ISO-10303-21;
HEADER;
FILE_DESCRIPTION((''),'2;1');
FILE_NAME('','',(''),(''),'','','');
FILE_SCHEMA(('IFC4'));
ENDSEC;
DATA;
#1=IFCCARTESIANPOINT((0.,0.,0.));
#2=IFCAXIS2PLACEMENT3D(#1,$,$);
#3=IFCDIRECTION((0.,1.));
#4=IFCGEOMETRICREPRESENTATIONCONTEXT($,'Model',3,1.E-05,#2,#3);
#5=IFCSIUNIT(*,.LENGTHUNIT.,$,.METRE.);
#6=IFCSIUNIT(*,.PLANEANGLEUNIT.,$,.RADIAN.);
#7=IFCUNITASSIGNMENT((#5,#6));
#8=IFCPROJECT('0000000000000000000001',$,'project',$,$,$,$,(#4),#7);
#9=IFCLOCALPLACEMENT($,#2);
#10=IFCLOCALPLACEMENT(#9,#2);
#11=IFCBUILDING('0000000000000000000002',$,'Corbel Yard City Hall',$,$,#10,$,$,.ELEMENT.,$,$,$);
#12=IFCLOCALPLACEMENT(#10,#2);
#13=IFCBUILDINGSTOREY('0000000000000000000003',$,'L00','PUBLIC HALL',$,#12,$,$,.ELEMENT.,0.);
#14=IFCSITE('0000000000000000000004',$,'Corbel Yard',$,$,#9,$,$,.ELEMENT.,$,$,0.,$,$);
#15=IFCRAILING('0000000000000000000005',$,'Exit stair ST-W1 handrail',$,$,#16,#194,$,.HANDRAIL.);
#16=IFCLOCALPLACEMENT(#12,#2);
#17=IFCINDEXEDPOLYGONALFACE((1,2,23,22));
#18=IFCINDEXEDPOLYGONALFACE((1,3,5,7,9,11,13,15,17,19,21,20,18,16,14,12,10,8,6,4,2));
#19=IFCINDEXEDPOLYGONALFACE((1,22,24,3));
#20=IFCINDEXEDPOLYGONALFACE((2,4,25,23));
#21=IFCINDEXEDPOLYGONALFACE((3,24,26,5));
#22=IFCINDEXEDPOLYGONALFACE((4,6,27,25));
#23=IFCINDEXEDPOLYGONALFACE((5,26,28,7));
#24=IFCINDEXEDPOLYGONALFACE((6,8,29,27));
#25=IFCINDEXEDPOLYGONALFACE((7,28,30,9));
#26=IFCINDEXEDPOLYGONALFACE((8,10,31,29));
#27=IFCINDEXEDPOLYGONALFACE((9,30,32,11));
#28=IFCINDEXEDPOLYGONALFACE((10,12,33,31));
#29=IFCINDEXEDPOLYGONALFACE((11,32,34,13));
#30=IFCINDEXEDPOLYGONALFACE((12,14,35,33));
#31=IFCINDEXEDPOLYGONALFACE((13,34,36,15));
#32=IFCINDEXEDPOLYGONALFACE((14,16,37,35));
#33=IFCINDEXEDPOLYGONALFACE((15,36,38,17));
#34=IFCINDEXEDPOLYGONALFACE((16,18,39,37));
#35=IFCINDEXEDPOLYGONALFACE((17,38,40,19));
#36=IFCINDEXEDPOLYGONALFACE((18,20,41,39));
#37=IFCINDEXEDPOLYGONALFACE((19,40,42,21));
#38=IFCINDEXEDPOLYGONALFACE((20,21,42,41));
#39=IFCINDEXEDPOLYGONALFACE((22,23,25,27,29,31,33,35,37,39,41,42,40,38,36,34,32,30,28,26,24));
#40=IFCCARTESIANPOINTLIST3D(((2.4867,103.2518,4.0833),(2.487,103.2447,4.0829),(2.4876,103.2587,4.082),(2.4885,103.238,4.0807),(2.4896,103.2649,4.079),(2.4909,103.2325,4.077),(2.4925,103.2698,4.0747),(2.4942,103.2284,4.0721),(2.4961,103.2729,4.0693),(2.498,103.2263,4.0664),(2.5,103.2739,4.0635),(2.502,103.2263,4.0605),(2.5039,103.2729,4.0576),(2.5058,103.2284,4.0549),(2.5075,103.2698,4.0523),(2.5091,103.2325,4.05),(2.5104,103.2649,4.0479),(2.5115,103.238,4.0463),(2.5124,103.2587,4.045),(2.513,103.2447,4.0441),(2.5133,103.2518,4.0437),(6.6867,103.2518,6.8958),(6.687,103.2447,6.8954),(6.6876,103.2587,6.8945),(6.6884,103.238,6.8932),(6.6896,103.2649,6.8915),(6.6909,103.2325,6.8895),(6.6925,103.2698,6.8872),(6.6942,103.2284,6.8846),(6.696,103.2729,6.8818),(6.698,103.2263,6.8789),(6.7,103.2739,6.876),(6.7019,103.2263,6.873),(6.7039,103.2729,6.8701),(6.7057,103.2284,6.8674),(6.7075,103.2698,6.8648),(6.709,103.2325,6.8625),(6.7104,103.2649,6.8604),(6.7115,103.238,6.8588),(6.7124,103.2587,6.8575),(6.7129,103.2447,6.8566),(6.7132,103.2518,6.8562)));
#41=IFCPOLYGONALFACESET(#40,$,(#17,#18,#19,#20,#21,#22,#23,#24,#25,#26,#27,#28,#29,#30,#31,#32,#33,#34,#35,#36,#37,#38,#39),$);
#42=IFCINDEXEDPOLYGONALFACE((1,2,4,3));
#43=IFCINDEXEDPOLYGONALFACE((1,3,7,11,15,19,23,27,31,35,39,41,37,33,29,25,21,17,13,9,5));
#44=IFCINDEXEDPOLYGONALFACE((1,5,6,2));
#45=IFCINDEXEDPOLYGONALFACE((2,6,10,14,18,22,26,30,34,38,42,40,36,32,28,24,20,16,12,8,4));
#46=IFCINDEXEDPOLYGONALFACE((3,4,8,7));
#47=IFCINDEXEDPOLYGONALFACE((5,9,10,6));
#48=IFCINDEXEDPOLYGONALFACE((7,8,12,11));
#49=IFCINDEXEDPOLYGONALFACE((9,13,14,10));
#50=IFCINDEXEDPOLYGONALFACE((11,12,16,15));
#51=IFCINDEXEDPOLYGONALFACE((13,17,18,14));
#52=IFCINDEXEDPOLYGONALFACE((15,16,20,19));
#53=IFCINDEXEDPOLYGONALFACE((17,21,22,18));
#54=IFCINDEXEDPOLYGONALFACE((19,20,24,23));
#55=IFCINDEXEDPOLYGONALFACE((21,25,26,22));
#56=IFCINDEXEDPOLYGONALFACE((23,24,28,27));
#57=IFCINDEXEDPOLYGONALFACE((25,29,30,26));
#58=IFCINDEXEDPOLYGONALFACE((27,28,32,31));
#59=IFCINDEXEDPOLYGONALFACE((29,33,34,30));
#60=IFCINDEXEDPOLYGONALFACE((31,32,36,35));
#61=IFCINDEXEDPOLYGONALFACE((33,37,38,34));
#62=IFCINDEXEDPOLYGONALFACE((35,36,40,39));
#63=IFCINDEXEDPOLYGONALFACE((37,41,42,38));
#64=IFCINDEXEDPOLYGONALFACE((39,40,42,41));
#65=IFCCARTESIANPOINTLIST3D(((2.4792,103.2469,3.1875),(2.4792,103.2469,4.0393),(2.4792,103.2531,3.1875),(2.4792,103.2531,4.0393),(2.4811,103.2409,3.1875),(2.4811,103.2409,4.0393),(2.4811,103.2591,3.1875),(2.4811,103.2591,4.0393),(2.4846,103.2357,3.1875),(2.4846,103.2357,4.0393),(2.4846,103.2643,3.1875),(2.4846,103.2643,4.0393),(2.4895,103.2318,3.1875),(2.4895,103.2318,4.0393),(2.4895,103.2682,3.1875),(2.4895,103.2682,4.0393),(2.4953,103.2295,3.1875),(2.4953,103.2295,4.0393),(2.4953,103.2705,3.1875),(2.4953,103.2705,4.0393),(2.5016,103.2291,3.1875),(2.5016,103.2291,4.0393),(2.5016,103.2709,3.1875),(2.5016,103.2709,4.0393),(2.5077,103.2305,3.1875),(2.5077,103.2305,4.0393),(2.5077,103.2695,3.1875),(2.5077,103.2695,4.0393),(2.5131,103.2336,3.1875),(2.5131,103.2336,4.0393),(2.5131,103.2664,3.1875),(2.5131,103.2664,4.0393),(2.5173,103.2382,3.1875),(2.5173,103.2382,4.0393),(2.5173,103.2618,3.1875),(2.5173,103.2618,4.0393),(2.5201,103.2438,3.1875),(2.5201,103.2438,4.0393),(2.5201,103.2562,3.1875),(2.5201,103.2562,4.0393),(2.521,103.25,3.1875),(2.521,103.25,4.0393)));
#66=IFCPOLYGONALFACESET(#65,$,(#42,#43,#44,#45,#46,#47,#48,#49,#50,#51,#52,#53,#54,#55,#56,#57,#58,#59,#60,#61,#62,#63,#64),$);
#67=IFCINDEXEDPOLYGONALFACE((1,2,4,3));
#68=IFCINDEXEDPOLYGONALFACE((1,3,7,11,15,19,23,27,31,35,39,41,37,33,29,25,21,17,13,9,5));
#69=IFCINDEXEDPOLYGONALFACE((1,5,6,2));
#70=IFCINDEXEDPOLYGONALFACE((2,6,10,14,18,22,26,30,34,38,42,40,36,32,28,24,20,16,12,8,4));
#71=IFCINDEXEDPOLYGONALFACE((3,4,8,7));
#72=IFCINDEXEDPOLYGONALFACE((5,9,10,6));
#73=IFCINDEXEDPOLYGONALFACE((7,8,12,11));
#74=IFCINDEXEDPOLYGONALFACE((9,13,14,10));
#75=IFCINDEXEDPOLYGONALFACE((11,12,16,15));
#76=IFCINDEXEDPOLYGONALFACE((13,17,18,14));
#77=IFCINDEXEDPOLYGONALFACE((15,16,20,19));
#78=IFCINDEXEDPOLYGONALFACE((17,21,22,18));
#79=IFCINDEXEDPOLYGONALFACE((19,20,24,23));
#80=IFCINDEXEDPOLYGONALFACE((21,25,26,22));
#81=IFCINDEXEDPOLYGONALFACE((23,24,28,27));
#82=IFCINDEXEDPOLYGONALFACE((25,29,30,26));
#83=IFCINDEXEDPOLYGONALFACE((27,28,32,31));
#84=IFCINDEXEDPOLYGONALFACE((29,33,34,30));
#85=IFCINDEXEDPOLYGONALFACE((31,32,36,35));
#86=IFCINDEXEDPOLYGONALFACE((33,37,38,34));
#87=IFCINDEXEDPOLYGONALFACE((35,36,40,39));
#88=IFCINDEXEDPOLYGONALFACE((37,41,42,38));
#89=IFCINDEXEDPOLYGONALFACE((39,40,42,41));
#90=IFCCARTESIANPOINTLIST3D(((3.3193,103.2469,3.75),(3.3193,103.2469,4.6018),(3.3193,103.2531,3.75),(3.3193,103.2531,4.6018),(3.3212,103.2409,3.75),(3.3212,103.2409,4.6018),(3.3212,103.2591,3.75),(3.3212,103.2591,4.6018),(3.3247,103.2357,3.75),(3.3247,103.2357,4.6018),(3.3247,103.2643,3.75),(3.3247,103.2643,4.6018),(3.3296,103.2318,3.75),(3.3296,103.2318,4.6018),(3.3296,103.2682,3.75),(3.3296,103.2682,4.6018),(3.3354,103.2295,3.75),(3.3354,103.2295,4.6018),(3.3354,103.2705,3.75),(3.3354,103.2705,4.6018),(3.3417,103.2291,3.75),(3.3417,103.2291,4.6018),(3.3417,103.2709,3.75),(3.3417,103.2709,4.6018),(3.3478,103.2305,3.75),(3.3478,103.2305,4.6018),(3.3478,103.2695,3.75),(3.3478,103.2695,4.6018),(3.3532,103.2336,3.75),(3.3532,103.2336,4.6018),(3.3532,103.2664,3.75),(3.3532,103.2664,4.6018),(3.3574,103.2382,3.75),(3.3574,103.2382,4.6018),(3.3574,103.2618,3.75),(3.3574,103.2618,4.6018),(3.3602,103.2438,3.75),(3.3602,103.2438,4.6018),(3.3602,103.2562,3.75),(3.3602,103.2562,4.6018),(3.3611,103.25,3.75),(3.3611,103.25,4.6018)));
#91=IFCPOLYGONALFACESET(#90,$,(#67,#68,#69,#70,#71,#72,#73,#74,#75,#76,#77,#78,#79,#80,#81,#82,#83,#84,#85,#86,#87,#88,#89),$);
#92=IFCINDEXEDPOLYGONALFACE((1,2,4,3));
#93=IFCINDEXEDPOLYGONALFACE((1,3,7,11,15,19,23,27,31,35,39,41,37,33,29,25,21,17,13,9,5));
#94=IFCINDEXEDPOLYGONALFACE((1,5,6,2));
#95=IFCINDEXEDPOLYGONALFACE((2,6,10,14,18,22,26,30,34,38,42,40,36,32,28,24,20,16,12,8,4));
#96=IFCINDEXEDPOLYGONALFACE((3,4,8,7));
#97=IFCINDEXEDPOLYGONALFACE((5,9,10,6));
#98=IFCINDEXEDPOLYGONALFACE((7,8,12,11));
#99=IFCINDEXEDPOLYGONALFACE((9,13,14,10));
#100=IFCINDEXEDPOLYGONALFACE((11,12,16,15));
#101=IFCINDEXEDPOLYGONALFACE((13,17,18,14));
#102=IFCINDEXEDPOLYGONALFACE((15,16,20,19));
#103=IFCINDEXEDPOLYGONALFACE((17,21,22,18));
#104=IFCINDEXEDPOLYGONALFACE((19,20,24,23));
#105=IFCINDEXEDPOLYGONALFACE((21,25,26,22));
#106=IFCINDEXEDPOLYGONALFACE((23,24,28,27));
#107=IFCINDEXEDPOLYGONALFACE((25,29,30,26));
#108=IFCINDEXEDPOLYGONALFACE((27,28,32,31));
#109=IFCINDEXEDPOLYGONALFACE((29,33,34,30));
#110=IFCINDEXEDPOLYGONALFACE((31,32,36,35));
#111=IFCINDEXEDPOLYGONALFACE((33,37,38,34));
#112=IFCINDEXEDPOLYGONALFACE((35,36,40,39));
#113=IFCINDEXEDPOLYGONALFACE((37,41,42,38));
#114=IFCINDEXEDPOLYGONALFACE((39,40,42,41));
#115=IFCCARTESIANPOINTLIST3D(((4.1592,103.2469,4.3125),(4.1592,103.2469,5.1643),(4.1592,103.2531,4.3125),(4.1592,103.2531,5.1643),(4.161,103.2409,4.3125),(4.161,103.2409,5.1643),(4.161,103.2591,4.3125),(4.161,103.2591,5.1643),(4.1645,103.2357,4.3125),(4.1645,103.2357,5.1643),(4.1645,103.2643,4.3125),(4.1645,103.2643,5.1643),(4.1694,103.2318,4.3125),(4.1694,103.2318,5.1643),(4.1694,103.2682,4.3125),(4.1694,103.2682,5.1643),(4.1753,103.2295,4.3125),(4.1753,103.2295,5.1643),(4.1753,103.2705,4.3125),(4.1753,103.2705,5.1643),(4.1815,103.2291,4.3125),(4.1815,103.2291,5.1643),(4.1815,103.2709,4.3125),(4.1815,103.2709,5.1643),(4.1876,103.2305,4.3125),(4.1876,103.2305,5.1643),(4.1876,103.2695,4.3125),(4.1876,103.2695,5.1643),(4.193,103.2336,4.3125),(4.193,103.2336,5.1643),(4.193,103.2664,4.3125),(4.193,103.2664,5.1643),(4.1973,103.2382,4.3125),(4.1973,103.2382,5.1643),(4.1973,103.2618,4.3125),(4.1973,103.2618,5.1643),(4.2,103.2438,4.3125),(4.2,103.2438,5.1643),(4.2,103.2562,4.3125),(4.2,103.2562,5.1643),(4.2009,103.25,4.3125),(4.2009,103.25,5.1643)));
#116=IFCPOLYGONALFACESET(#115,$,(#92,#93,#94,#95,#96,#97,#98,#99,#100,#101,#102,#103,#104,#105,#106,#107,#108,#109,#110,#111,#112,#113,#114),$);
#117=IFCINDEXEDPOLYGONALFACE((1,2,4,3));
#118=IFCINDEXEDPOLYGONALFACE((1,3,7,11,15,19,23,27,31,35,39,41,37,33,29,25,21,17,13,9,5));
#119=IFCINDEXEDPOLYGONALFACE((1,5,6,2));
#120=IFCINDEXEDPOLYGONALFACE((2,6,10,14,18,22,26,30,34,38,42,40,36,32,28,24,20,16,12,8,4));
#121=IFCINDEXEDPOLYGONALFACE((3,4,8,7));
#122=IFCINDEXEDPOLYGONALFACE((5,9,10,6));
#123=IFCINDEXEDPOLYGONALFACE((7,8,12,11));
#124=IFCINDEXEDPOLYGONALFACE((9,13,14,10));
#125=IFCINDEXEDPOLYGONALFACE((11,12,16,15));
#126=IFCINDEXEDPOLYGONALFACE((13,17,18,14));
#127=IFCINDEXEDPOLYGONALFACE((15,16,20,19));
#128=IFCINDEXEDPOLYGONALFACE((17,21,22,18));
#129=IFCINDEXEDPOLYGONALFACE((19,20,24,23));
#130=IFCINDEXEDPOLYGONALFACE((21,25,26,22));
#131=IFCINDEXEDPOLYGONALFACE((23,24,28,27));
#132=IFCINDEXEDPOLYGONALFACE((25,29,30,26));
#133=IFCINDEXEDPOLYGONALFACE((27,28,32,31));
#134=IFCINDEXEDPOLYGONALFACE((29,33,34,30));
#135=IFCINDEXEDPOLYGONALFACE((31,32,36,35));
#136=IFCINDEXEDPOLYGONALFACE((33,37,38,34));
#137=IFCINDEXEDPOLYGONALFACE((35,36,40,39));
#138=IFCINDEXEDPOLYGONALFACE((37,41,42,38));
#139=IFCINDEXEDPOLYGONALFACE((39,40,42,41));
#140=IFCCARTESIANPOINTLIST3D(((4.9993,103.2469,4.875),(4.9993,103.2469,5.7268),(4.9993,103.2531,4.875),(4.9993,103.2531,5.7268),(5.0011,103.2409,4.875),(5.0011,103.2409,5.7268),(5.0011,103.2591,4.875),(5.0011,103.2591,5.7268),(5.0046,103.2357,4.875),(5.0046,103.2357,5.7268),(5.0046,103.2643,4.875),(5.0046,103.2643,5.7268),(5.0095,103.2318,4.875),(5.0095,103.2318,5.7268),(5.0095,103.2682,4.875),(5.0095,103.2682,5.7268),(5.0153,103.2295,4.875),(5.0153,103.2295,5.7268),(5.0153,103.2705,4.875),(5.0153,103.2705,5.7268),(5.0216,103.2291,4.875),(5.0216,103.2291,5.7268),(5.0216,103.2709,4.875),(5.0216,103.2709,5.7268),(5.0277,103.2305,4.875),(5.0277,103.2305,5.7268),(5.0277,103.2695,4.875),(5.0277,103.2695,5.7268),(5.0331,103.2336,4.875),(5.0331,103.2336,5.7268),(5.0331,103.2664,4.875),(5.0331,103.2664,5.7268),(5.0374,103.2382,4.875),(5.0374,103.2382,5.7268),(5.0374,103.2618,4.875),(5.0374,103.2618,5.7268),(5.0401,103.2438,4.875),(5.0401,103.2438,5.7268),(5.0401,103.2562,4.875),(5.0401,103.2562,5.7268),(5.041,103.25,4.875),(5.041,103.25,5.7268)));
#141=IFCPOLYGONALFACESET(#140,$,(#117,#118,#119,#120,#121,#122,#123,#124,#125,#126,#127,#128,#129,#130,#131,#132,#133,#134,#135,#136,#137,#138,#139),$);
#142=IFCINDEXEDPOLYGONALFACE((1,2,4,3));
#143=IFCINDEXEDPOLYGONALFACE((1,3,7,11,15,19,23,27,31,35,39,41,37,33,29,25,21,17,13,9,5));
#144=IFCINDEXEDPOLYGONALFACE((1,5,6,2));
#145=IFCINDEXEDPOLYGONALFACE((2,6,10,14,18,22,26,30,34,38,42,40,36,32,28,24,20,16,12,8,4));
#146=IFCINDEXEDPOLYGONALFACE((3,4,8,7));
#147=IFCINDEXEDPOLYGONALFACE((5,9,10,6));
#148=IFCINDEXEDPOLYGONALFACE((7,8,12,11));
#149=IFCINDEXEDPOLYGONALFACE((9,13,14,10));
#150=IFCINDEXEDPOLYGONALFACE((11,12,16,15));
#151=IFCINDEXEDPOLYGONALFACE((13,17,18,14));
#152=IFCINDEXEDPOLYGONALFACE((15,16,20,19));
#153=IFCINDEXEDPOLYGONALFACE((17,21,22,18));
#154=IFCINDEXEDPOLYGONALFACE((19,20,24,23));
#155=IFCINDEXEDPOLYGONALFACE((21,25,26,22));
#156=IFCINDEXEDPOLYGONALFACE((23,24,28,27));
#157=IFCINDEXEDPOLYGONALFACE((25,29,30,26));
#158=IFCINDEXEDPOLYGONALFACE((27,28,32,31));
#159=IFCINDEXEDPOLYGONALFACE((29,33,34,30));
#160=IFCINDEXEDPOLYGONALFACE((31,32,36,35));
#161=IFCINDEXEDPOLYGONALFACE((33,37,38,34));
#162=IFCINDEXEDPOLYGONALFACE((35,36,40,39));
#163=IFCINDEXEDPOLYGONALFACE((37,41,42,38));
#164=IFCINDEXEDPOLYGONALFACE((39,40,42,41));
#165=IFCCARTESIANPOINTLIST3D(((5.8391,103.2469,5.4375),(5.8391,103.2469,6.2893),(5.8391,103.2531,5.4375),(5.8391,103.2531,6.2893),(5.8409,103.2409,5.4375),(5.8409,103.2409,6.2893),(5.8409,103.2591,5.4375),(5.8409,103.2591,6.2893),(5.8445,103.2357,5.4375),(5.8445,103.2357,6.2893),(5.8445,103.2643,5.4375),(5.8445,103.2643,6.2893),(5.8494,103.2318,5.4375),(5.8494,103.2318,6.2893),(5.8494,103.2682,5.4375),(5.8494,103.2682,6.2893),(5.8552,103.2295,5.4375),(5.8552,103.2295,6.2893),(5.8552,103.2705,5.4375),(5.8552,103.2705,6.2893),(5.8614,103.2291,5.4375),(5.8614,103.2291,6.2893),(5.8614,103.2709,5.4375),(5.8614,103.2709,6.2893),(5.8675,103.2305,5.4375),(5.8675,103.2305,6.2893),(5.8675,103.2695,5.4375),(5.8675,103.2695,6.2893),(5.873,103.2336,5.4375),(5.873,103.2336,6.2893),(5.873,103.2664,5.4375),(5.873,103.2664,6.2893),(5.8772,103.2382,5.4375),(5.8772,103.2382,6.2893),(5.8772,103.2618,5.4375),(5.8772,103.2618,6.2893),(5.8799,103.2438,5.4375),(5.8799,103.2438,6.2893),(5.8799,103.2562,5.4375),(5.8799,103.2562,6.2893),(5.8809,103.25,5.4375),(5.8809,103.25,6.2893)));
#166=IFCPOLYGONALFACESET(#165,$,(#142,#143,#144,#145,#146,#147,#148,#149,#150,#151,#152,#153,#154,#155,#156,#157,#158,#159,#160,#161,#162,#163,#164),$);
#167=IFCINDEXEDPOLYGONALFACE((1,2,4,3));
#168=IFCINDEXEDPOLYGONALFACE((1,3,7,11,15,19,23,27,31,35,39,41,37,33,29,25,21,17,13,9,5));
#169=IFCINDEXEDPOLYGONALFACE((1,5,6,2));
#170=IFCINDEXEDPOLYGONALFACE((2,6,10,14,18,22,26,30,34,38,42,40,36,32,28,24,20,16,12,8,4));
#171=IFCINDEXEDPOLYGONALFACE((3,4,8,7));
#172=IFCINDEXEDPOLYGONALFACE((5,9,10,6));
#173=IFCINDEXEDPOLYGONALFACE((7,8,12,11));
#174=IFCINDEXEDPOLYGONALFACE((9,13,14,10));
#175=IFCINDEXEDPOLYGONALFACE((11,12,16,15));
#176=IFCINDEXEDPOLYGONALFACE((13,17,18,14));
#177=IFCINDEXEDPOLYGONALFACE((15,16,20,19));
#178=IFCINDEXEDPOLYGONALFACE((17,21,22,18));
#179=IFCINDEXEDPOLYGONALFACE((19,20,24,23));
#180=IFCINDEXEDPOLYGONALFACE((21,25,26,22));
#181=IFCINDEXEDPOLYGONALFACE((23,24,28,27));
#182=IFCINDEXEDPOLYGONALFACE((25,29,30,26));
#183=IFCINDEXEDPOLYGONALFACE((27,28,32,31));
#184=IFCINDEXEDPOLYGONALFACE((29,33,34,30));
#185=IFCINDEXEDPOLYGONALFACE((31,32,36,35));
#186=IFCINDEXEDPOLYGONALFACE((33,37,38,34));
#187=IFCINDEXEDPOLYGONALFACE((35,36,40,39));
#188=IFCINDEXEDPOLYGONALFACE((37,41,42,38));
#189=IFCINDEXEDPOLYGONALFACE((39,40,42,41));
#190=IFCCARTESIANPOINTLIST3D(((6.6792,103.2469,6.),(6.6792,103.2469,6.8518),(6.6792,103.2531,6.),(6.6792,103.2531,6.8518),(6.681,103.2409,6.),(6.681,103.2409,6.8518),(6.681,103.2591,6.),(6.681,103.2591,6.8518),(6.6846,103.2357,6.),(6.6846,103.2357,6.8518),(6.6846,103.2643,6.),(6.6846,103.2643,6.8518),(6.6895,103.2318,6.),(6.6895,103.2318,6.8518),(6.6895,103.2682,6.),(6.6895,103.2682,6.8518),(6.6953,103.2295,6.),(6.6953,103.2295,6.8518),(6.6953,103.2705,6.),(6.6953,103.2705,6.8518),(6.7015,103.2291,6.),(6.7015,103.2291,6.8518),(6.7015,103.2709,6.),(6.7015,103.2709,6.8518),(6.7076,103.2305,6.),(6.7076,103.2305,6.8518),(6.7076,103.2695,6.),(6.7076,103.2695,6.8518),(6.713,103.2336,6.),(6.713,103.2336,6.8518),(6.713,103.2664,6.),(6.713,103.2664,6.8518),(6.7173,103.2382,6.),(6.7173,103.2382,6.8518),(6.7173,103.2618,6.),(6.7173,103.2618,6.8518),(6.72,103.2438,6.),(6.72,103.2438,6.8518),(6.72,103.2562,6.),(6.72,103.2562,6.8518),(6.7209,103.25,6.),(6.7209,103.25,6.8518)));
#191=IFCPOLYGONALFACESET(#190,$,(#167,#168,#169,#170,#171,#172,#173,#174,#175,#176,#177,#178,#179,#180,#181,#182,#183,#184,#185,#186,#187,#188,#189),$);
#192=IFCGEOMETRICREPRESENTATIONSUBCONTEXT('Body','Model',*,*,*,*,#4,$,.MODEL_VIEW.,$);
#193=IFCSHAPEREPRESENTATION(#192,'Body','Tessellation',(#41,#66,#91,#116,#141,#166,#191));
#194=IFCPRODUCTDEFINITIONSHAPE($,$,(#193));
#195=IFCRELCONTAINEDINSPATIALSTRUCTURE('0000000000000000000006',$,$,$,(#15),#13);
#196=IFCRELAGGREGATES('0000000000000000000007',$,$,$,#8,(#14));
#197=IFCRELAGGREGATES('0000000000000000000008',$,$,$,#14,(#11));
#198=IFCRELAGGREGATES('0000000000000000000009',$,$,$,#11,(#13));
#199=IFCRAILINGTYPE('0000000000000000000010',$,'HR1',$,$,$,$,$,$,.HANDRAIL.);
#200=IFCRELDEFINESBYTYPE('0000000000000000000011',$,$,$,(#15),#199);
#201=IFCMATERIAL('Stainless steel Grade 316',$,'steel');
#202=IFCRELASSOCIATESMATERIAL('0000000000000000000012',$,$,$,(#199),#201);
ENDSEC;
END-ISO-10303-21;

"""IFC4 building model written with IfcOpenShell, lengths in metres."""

from ifc_helpers import new_model, si_unit, direction, frame, origin, origin_2d, place, context, subcontext, project, spatial, circle, extrude, material, type_object, element, save


model = new_model("IFC4")

# Units and contexts
model_context = context("Model", 3, precision=1e-05, world=origin(), true_north=direction((0.0, 1.0)))
body_context = subcontext(model_context, "Body", "Model", "MODEL_VIEW")
ifc_project = project(units=[si_unit("LENGTHUNIT", "METRE"), si_unit("PLANEANGLEUNIT", "RADIAN")], contexts=[model_context])

# Site, building, storey
site_placement = place(None, origin())
site = spatial("IfcSite", under=ifc_project, at=site_placement, Name="Corbel Yard", CompositionType="ELEMENT", RefElevation=0.0)
building_placement = place(site_placement, origin())
building = spatial("IfcBuilding", under=site, at=building_placement, Name="Corbel Yard City Hall", CompositionType="ELEMENT")
storey_placement = place(building_placement, origin())
storey = spatial("IfcBuildingStorey", under=building, at=storey_placement, Name="L00", Description="PUBLIC HALL", CompositionType="ELEMENT", Elevation=0.0)

# Railing
ifc_material_1 = material(Name="Stainless steel Grade 316", Category="steel")
railing_type = type_object("IfcRailingType", Name="HR1", PredefinedType="HANDRAIL", material=ifc_material_1)
for number, where, name in (
    (1, (2.5, 103.25, 3.1875), "Exit stair ST-W1 handrail"),
):
    element("IfcRailing", number, at=place(storey_placement, frame(where)), inside=storey, type_object=railing_type, Name=name, PredefinedType="HANDRAIL", context=body_context, shape_type="SweptSolid", body=[
        extrude(circle(Radius=0.0239, at=origin_2d()), frame((0.0, 0.0, 0.876), z_axis=(0.830904, 0.0, 0.556416), x_axis=(0.0, 1.0, 0.0)), (0.0, 0.0, 1.0), 5.0547),
        extrude(circle(Radius=0.021, at=origin_2d()), origin(), (0.0, 0.0, 1.0), 0.8518),
        extrude(circle(Radius=0.021, at=origin_2d()), frame((0.8401, 0.0, 0.5625)), (0.0, 0.0, 1.0), 0.8518),
        extrude(circle(Radius=0.021, at=origin_2d()), frame((1.6799, 0.0, 1.125)), (0.0, 0.0, 1.0), 0.8518),
        extrude(circle(Radius=0.021, at=origin_2d()), frame((2.52, 0.0, 1.6875)), (0.0, 0.0, 1.0), 0.8518),
        extrude(circle(Radius=0.021, at=origin_2d()), frame((3.3599, 0.0, 2.25)), (0.0, 0.0, 1.0), 0.8518),
        extrude(circle(Radius=0.021, at=origin_2d()), frame((4.2, 0.0, 2.8125)), (0.0, 0.0, 1.0), 0.8518),
    ])

save(model, "model.ifc")
